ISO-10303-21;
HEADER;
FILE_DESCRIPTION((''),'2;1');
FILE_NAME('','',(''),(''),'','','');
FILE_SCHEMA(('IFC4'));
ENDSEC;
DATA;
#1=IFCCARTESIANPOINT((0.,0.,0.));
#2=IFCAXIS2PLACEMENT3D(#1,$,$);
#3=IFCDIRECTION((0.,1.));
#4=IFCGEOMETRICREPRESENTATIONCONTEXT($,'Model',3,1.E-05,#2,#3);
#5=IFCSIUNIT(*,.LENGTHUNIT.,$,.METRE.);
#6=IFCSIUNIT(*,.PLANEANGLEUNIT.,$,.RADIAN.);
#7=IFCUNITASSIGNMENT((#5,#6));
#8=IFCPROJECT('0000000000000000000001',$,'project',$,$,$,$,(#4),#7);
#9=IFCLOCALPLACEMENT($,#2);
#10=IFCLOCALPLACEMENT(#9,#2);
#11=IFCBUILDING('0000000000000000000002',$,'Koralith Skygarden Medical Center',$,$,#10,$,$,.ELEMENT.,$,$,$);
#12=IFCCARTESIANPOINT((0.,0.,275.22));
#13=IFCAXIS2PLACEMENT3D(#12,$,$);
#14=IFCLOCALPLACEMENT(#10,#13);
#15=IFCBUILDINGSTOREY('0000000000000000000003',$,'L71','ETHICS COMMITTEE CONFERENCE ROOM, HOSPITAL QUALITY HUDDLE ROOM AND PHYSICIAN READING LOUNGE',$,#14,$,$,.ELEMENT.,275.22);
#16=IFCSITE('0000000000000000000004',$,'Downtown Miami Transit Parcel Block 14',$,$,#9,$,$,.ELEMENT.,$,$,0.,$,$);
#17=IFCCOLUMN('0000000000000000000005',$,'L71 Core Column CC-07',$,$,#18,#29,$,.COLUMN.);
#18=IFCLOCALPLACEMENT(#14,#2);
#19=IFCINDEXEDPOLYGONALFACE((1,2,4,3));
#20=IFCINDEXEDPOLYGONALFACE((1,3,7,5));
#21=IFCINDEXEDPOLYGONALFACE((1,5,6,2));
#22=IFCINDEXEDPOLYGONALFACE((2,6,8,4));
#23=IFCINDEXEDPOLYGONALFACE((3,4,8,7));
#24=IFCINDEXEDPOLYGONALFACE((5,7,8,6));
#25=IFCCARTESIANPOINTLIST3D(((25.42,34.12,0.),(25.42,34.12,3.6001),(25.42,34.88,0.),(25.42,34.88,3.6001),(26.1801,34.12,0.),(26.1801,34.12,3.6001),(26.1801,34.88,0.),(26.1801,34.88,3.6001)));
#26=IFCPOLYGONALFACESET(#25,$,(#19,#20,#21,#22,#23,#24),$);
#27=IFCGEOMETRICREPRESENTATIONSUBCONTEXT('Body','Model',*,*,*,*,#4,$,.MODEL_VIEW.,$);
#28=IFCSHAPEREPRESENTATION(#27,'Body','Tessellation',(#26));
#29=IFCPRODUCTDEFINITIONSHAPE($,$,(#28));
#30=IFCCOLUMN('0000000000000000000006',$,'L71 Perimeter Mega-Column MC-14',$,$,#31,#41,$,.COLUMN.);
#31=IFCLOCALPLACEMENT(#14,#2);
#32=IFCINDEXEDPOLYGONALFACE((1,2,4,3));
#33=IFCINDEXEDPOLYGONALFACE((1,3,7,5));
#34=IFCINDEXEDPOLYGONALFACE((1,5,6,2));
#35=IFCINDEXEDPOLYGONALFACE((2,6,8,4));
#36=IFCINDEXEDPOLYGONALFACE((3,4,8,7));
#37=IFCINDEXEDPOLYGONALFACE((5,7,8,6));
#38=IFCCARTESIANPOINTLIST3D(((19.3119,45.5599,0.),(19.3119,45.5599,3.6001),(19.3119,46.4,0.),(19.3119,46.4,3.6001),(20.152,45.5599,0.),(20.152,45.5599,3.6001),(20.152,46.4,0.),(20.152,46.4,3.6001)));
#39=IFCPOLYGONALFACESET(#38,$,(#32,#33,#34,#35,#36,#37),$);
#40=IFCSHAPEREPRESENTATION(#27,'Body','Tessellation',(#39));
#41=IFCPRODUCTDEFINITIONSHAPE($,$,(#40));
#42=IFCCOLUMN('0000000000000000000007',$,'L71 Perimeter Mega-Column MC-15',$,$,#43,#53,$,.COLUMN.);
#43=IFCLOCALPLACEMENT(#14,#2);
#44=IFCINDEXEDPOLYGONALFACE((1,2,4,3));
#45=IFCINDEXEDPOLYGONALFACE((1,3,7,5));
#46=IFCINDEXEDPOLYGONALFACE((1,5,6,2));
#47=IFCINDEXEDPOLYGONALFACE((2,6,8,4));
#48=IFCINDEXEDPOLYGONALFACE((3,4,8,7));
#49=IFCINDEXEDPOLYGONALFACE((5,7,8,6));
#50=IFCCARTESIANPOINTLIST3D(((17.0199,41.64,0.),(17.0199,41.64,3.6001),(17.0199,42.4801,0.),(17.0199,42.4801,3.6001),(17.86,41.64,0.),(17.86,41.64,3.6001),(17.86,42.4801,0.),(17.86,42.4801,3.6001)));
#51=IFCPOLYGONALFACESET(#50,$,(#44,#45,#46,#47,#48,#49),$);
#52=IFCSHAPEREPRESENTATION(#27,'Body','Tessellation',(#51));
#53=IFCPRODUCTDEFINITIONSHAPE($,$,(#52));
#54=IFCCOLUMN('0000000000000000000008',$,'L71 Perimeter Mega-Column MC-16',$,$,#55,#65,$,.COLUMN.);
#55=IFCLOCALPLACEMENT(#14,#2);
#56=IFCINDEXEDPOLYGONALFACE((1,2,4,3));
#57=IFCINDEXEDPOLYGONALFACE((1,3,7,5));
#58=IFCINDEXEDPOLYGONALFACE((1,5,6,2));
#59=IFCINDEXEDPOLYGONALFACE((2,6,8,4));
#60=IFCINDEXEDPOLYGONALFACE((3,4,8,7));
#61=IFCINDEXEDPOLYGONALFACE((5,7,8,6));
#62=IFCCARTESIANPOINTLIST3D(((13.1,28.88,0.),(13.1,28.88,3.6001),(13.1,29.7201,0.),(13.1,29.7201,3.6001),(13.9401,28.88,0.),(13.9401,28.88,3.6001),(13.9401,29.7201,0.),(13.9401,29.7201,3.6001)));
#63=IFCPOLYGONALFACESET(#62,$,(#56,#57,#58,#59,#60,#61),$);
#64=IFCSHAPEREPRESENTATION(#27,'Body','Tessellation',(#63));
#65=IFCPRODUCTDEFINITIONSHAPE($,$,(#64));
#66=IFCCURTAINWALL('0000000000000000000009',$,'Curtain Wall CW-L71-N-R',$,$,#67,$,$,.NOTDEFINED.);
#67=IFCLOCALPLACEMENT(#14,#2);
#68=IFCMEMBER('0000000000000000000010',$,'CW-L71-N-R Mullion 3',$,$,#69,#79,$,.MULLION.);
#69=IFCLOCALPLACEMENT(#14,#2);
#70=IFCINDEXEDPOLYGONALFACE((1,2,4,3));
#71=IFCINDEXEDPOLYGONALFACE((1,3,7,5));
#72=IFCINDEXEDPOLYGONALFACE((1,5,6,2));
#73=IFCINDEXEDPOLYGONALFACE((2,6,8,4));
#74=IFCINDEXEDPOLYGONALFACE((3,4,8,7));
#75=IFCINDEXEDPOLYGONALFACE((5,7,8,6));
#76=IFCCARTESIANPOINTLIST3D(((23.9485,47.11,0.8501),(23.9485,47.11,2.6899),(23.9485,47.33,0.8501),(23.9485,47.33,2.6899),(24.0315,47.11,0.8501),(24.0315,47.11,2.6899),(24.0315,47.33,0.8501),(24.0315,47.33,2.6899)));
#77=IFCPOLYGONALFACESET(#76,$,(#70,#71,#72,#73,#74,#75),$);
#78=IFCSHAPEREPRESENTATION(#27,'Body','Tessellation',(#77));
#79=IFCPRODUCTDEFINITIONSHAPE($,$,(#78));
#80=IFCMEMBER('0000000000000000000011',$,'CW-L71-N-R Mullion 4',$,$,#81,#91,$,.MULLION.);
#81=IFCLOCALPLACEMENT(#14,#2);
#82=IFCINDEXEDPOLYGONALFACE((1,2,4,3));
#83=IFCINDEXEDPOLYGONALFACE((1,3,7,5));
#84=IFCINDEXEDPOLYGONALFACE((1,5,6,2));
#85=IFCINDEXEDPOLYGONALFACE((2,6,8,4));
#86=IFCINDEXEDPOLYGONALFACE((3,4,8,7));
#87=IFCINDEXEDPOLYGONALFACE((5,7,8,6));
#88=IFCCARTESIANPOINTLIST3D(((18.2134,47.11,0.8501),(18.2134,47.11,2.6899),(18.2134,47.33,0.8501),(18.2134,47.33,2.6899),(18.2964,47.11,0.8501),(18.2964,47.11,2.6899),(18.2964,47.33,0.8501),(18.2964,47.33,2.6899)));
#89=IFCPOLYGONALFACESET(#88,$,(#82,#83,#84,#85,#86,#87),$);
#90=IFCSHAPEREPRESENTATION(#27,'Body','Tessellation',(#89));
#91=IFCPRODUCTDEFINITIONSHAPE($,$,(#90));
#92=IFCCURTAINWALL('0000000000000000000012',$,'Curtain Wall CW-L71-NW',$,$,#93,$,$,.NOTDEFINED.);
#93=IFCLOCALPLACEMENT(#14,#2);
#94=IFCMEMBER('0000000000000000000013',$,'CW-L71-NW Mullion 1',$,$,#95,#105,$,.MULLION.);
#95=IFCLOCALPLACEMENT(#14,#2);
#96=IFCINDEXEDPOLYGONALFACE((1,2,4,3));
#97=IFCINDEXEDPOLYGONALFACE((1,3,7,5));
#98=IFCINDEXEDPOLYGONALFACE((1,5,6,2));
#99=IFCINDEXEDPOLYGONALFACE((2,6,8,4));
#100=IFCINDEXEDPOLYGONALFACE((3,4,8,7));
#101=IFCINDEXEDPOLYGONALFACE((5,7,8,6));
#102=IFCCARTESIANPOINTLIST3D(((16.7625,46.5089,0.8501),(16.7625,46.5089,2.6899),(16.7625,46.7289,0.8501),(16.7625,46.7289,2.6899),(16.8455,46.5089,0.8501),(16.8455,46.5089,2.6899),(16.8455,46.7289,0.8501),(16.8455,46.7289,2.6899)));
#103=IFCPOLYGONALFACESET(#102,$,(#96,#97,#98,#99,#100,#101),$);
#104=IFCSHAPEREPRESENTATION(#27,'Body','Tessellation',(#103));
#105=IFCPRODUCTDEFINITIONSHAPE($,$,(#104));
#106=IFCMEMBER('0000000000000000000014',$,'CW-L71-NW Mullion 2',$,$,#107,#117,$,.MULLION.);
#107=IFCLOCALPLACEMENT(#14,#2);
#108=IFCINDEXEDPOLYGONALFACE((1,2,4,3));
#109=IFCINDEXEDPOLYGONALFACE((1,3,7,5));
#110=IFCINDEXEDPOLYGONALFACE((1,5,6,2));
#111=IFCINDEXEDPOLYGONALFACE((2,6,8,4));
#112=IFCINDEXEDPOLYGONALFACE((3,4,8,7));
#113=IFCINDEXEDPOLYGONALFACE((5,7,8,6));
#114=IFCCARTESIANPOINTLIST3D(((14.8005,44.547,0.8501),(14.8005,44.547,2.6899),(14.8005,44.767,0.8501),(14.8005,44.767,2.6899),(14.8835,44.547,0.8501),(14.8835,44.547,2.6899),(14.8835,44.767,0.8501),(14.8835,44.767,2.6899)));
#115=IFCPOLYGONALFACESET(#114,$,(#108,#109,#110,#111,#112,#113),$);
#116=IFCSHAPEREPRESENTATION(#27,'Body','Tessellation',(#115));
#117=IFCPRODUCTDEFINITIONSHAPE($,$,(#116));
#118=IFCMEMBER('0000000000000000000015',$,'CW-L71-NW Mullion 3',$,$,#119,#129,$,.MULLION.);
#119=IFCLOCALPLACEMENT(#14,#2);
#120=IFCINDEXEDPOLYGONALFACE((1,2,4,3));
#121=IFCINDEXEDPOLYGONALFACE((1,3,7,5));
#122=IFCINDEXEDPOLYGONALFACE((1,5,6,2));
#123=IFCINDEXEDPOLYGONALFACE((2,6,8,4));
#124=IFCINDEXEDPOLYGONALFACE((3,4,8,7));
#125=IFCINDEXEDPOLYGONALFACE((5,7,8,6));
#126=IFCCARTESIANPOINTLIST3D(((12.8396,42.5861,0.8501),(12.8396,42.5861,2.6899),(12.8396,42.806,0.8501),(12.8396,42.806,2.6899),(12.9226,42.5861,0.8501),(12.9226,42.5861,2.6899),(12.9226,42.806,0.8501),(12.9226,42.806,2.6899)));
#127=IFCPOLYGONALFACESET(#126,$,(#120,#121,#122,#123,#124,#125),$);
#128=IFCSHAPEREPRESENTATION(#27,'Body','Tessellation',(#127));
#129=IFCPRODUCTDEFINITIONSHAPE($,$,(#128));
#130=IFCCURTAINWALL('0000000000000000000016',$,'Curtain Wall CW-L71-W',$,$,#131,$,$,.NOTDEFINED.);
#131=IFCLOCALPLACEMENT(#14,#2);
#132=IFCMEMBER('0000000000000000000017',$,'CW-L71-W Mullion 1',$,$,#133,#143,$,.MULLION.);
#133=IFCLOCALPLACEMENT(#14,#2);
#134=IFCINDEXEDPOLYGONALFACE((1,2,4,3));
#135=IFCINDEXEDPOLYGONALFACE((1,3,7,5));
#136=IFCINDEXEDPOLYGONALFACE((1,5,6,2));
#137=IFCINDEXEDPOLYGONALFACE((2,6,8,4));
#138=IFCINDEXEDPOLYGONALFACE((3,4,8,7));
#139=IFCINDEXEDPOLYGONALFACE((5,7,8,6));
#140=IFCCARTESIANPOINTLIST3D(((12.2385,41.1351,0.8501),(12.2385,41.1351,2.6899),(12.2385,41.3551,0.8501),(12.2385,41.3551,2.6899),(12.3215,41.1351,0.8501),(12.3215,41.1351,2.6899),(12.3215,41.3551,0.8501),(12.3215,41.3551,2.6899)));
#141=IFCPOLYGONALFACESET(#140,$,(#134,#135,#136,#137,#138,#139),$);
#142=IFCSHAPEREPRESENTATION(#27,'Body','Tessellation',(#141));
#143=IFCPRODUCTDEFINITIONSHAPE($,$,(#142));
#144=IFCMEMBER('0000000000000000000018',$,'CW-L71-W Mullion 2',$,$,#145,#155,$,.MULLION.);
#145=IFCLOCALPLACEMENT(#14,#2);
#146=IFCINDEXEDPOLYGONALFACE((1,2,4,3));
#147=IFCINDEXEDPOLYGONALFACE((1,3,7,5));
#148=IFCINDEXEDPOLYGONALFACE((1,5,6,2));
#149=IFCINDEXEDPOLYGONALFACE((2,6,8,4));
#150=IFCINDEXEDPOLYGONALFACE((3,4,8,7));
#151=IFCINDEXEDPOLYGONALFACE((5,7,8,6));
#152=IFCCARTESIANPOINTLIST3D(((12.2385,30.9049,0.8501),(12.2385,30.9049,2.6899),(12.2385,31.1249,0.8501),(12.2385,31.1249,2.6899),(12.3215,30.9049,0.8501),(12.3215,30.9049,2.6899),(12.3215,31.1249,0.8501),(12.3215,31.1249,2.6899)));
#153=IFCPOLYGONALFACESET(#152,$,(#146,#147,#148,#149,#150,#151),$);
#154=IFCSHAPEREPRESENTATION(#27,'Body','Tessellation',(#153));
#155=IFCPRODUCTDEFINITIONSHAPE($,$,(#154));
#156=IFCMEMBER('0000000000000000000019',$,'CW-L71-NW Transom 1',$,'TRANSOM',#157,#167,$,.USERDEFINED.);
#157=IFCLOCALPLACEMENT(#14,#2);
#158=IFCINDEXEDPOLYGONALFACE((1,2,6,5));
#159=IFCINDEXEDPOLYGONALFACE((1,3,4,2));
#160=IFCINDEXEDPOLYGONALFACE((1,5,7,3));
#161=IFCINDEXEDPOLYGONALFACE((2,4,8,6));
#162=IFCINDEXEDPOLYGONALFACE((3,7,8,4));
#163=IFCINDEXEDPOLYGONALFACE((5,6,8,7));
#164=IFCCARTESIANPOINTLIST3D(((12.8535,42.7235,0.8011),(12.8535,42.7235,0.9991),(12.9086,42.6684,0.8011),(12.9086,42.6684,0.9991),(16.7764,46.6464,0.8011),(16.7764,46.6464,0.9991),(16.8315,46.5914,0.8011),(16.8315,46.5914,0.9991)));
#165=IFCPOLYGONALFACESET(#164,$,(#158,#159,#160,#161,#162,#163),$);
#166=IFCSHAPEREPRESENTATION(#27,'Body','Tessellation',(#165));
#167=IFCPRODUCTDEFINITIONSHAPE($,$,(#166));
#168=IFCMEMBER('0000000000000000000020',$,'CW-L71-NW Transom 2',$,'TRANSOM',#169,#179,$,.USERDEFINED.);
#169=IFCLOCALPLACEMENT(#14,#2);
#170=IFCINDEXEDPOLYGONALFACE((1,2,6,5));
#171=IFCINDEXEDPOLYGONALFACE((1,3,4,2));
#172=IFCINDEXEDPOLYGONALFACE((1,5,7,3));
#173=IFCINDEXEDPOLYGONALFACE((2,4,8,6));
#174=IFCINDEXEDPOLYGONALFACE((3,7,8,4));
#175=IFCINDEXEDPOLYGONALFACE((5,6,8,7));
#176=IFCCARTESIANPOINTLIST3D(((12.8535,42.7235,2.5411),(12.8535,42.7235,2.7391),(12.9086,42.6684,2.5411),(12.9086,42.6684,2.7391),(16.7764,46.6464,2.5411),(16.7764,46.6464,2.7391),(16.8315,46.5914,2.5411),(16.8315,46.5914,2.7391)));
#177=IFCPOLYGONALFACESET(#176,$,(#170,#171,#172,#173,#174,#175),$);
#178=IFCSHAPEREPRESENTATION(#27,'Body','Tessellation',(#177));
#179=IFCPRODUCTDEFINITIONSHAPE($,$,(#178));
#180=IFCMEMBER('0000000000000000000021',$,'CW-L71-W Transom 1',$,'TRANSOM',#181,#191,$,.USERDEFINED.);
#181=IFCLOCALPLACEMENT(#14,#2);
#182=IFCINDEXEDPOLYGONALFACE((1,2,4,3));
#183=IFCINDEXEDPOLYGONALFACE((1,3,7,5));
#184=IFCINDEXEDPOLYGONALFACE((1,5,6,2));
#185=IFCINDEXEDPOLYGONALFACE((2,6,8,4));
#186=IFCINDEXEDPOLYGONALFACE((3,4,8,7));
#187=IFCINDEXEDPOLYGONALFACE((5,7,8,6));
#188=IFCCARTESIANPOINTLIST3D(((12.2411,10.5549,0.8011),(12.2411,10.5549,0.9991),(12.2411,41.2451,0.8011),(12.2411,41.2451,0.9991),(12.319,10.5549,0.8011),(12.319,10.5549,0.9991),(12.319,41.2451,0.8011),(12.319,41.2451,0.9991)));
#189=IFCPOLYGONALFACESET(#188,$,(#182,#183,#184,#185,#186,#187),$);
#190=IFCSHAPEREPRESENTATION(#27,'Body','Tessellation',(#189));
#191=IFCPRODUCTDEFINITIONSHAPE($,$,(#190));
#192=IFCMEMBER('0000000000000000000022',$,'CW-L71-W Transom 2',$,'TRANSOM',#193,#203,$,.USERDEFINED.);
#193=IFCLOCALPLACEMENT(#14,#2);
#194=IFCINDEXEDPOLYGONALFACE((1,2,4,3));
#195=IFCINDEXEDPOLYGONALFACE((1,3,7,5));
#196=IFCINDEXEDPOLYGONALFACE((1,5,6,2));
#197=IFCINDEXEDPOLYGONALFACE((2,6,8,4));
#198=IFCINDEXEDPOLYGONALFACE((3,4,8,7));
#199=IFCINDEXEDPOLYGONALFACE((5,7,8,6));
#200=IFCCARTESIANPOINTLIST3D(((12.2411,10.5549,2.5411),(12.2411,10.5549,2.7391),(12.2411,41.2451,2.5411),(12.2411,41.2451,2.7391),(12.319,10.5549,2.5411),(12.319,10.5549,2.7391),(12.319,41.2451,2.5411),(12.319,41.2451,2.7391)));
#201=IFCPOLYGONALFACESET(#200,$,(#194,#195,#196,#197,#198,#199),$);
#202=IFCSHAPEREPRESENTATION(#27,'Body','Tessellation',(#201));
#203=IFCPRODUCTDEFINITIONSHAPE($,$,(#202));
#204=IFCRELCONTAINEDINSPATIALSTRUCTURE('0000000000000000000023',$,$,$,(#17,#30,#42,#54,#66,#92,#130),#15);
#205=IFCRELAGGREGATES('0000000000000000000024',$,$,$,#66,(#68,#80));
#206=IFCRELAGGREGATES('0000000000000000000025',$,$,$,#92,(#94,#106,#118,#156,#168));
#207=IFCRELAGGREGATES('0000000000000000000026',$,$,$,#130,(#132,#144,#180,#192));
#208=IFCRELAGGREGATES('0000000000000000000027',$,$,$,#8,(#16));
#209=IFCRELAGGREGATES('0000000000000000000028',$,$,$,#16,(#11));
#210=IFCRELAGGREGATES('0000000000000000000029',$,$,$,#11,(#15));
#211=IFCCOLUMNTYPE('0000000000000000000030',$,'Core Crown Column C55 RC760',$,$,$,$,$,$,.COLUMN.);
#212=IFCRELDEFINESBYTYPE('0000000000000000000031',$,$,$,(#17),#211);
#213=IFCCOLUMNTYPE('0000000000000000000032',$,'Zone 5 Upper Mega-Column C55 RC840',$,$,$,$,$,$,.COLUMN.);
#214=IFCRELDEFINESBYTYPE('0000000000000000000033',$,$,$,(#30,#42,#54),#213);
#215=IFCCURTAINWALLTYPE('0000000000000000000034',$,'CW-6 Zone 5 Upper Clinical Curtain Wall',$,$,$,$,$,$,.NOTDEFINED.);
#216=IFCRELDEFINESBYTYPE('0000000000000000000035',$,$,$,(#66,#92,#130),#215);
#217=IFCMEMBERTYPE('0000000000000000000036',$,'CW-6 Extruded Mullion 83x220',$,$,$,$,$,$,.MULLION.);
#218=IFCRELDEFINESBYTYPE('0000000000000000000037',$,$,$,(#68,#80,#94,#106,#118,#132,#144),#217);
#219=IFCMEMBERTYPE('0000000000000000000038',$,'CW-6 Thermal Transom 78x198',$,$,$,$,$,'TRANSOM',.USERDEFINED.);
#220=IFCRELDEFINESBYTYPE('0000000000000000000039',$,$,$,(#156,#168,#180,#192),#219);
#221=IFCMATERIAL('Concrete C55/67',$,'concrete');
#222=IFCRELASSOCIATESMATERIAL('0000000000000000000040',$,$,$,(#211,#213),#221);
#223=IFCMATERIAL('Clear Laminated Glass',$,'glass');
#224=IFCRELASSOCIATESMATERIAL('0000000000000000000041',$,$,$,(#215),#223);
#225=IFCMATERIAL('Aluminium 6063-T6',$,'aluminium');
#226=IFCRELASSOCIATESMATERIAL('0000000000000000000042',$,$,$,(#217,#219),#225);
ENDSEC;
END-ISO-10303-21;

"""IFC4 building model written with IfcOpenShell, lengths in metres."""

from ifc_helpers import new_model, si_unit, direction, frame, origin, origin_2d, place, context, subcontext, project, spatial, rectangle, extrude, material, material_profile, profile_set, type_object, element, aggregate, save


model = new_model("IFC4")

# Units and contexts
model_context = context("Model", 3, precision=1e-05, world=origin(), true_north=direction((0.0, 1.0)))
body_context = subcontext(model_context, "Body", "Model", "MODEL_VIEW")
ifc_project = project(units=[si_unit("LENGTHUNIT", "METRE"), si_unit("PLANEANGLEUNIT", "RADIAN")], contexts=[model_context])

# Site, building, storey
site_placement = place(None, origin())
site = spatial("IfcSite", under=ifc_project, at=site_placement, Name="Downtown Miami Transit Parcel Block 14", CompositionType="ELEMENT", RefElevation=0.0)
building_placement = place(site_placement, origin())
building = spatial("IfcBuilding", under=site, at=building_placement, Name="Koralith Skygarden Medical Center", CompositionType="ELEMENT")
storey_placement = place(building_placement, frame((0.0, 0.0, 275.22)))
storey = spatial("IfcBuildingStorey", under=building, at=storey_placement, Name="L71", Description="ETHICS COMMITTEE CONFERENCE ROOM, HOSPITAL QUALITY HUDDLE ROOM AND PHYSICIAN READING LOUNGE", CompositionType="ELEMENT", Elevation=275.22)

# Columns
ifc_material_1 = material(Name="Concrete C55/67", Category="concrete")
ifc_material_profile_1 = material_profile(ifc_material_1, rectangle(XDim=0.76, YDim=0.76, at=origin_2d()), Name="RC760X760")
ifc_profile_set_1 = profile_set([ifc_material_profile_1], Name="Concrete C55/67")
column_type_1 = type_object("IfcColumnType", Name="Core Crown Column C55 RC760", PredefinedType="COLUMN", material=ifc_profile_set_1)
column_placement = place(storey_placement, frame((25.8, 34.5, 0.0), z_axis=(0.0, 0.0, 1.0), x_axis=(1.0, 0.0, 0.0)))
element("IfcColumn", 1, at=column_placement, inside=storey, type_object=column_type_1, Name="L71 Core Column CC-07", PredefinedType="COLUMN", context=body_context, shape_type="SweptSolid", body=[
    extrude(rectangle(XDim=0.76, YDim=0.76, at=origin_2d()), origin(), (0.0, 0.0, 1.0), 3.6001),
])
ifc_material_profile_2 = material_profile(ifc_material_1, rectangle(XDim=0.8401, YDim=0.8401, at=origin_2d()), Name="RC840X840")
ifc_profile_set_2 = profile_set([ifc_material_profile_2], Name="Concrete C55/67")
column_type_2 = type_object("IfcColumnType", Name="Zone 5 Upper Mega-Column C55 RC840", PredefinedType="COLUMN", material=ifc_profile_set_2)
for number, where, z_axis, x_axis, name in (
    (2, (19.7319, 45.98, 0.0), (0.0, 0.0, 1.0), (1.0, 0.0, 0.0), "L71 Perimeter Mega-Column MC-14"),
    (3, (17.4399, 42.0601, 0.0), (0.0, 0.0, 1.0), (1.0, 0.0, 0.0), "L71 Perimeter Mega-Column MC-15"),
    (4, (13.52, 29.3, 0.0), (0.0, 0.0, 1.0), (1.0, 0.0, 0.0), "L71 Perimeter Mega-Column MC-16"),
):
    element("IfcColumn", number, at=place(storey_placement, frame(where, z_axis=z_axis, x_axis=x_axis)), inside=storey, type_object=column_type_2, Name=name, PredefinedType="COLUMN", context=body_context, shape_type="SweptSolid", body=[
        extrude(rectangle(XDim=0.8401, YDim=0.8401, at=origin_2d()), origin(), (0.0, 0.0, 1.0), 3.6001),
    ])

# Curtain walls, members
ifc_material_2 = material(Name="Clear Laminated Glass", Category="glass")
curtain_wall_type = type_object("IfcCurtainWallType", Name="CW-6 Zone 5 Upper Clinical Curtain Wall", PredefinedType="NOTDEFINED", material=ifc_material_2)
curtain_wall_1_placement = place(storey_placement, origin())
curtain_wall_1 = element("IfcCurtainWall", 5, at=curtain_wall_1_placement, inside=storey, type_object=curtain_wall_type, Name="Curtain Wall CW-L71-N-R", PredefinedType="NOTDEFINED")
ifc_material_3 = material(Name="Aluminium 6063-T6", Category="aluminium")
ifc_material_profile_3 = material_profile(ifc_material_3, rectangle(XDim=0.083, YDim=0.22, at=origin_2d()), Name="MUL83X220")
ifc_profile_set_3 = profile_set([ifc_material_profile_3], Name="Aluminium 6063-T6")
member_type_1 = type_object("IfcMemberType", Name="CW-6 Extruded Mullion 83x220", PredefinedType="MULLION", material=ifc_profile_set_3)
member_1_placement = place(storey_placement, frame((23.99, 47.22, 0.8501), z_axis=(0.0, 0.0, 1.0), x_axis=(1.0, 0.0, 0.0)))
member_1 = element("IfcMember", 6, at=member_1_placement, type_object=member_type_1, Name="CW-L71-N-R Mullion 3", PredefinedType="MULLION", context=body_context, shape_type="SweptSolid", body=[
    extrude(rectangle(XDim=0.083, YDim=0.22, at=origin_2d()), origin(), (0.0, 0.0, 1.0), 1.8398),
])
member_2_placement = place(storey_placement, frame((18.2549, 47.22, 0.8501), z_axis=(0.0, 0.0, 1.0), x_axis=(1.0, 0.0, 0.0)))
member_2 = element("IfcMember", 7, at=member_2_placement, type_object=member_type_1, Name="CW-L71-N-R Mullion 4", PredefinedType="MULLION", context=body_context, shape_type="SweptSolid", body=[
    extrude(rectangle(XDim=0.083, YDim=0.22, at=origin_2d()), origin(), (0.0, 0.0, 1.0), 1.8398),
])
curtain_wall_2_placement = place(storey_placement, origin())
curtain_wall_2 = element("IfcCurtainWall", 8, at=curtain_wall_2_placement, inside=storey, type_object=curtain_wall_type, Name="Curtain Wall CW-L71-NW", PredefinedType="NOTDEFINED")
member_3_placement = place(storey_placement, frame((16.804, 46.6189, 0.8501), z_axis=(0.0, 0.0, 1.0), x_axis=(1.0, 0.0, 0.0)))
member_3 = element("IfcMember", 9, at=member_3_placement, type_object=member_type_1, Name="CW-L71-NW Mullion 1", PredefinedType="MULLION", context=body_context, shape_type="SweptSolid", body=[
    extrude(rectangle(XDim=0.083, YDim=0.22, at=origin_2d()), origin(), (0.0, 0.0, 1.0), 1.8398),
])
member_4_placement = place(storey_placement, frame((14.842, 44.657, 0.8501), z_axis=(0.0, 0.0, 1.0), x_axis=(1.0, 0.0, 0.0)))
member_4 = element("IfcMember", 10, at=member_4_placement, type_object=member_type_1, Name="CW-L71-NW Mullion 2", PredefinedType="MULLION", context=body_context, shape_type="SweptSolid", body=[
    extrude(rectangle(XDim=0.083, YDim=0.22, at=origin_2d()), origin(), (0.0, 0.0, 1.0), 1.8398),
])
member_5_placement = place(storey_placement, frame((12.8811, 42.696, 0.8501), z_axis=(0.0, 0.0, 1.0), x_axis=(1.0, 0.0, 0.0)))
member_5 = element("IfcMember", 11, at=member_5_placement, type_object=member_type_1, Name="CW-L71-NW Mullion 3", PredefinedType="MULLION", context=body_context, shape_type="SweptSolid", body=[
    extrude(rectangle(XDim=0.083, YDim=0.22, at=origin_2d()), origin(), (0.0, 0.0, 1.0), 1.8398),
])
curtain_wall_3_placement = place(storey_placement, origin())
curtain_wall_3 = element("IfcCurtainWall", 12, at=curtain_wall_3_placement, inside=storey, type_object=curtain_wall_type, Name="Curtain Wall CW-L71-W", PredefinedType="NOTDEFINED")
member_6_placement = place(storey_placement, frame((12.28, 41.2451, 0.8501), z_axis=(0.0, 0.0, 1.0), x_axis=(1.0, 0.0, 0.0)))
member_6 = element("IfcMember", 13, at=member_6_placement, type_object=member_type_1, Name="CW-L71-W Mullion 1", PredefinedType="MULLION", context=body_context, shape_type="SweptSolid", body=[
    extrude(rectangle(XDim=0.083, YDim=0.22, at=origin_2d()), origin(), (0.0, 0.0, 1.0), 1.8398),
])
member_7_placement = place(storey_placement, frame((12.28, 31.0149, 0.8501), z_axis=(0.0, 0.0, 1.0), x_axis=(1.0, 0.0, 0.0)))
member_7 = element("IfcMember", 14, at=member_7_placement, type_object=member_type_1, Name="CW-L71-W Mullion 2", PredefinedType="MULLION", context=body_context, shape_type="SweptSolid", body=[
    extrude(rectangle(XDim=0.083, YDim=0.22, at=origin_2d()), origin(), (0.0, 0.0, 1.0), 1.8398),
])

# Members
ifc_material_profile_4 = material_profile(ifc_material_3, rectangle(XDim=0.0779, YDim=0.198, at=origin_2d()), Name="TRN78X198")
ifc_profile_set_4 = profile_set([ifc_material_profile_4], Name="Aluminium 6063-T6")
member_type_2 = type_object("IfcMemberType", Name="CW-6 Thermal Transom 78x198", ElementType="TRANSOM", PredefinedType="USERDEFINED", material=ifc_profile_set_4)
member_8_placement = place(storey_placement, frame((16.804, 46.6189, 0.9001), z_axis=(-0.707107, -0.707107, 0.0), x_axis=(0.707107, -0.707107, 0.0)))
member_8 = element("IfcMember", 15, at=member_8_placement, type_object=member_type_2, Name="CW-L71-NW Transom 1", ObjectType="TRANSOM", PredefinedType="USERDEFINED", context=body_context, shape_type="SweptSolid", body=[
    extrude(rectangle(XDim=0.0779, YDim=0.198, at=origin_2d()), origin(), (0.0, 0.0, 1.0), 5.5479),
])
member_9_placement = place(storey_placement, frame((16.804, 46.6189, 2.6401), z_axis=(-0.707107, -0.707107, 0.0), x_axis=(0.707107, -0.707107, 0.0)))
member_9 = element("IfcMember", 16, at=member_9_placement, type_object=member_type_2, Name="CW-L71-NW Transom 2", ObjectType="TRANSOM", PredefinedType="USERDEFINED", context=body_context, shape_type="SweptSolid", body=[
    extrude(rectangle(XDim=0.0779, YDim=0.198, at=origin_2d()), origin(), (0.0, 0.0, 1.0), 5.5479),
])
member_10_placement = place(storey_placement, frame((12.28, 41.2451, 0.9001), z_axis=(0.0, -1.0, 0.0), x_axis=(1.0, 0.0, 0.0)))
member_10 = element("IfcMember", 17, at=member_10_placement, type_object=member_type_2, Name="CW-L71-W Transom 1", ObjectType="TRANSOM", PredefinedType="USERDEFINED", context=body_context, shape_type="SweptSolid", body=[
    extrude(rectangle(XDim=0.0779, YDim=0.198, at=origin_2d()), origin(), (0.0, 0.0, 1.0), 30.6902),
])
member_11_placement = place(storey_placement, frame((12.28, 41.2451, 2.6401), z_axis=(0.0, -1.0, 0.0), x_axis=(1.0, 0.0, 0.0)))
member_11 = element("IfcMember", 18, at=member_11_placement, type_object=member_type_2, Name="CW-L71-W Transom 2", ObjectType="TRANSOM", PredefinedType="USERDEFINED", context=body_context, shape_type="SweptSolid", body=[
    extrude(rectangle(XDim=0.0779, YDim=0.198, at=origin_2d()), origin(), (0.0, 0.0, 1.0), 30.6902),
])

aggregate(curtain_wall_1, [member_1, member_2])
aggregate(curtain_wall_2, [member_3, member_4, member_5, member_8, member_9])
aggregate(curtain_wall_3, [member_6, member_7, member_10, member_11])

save(model, "model.ifc")
